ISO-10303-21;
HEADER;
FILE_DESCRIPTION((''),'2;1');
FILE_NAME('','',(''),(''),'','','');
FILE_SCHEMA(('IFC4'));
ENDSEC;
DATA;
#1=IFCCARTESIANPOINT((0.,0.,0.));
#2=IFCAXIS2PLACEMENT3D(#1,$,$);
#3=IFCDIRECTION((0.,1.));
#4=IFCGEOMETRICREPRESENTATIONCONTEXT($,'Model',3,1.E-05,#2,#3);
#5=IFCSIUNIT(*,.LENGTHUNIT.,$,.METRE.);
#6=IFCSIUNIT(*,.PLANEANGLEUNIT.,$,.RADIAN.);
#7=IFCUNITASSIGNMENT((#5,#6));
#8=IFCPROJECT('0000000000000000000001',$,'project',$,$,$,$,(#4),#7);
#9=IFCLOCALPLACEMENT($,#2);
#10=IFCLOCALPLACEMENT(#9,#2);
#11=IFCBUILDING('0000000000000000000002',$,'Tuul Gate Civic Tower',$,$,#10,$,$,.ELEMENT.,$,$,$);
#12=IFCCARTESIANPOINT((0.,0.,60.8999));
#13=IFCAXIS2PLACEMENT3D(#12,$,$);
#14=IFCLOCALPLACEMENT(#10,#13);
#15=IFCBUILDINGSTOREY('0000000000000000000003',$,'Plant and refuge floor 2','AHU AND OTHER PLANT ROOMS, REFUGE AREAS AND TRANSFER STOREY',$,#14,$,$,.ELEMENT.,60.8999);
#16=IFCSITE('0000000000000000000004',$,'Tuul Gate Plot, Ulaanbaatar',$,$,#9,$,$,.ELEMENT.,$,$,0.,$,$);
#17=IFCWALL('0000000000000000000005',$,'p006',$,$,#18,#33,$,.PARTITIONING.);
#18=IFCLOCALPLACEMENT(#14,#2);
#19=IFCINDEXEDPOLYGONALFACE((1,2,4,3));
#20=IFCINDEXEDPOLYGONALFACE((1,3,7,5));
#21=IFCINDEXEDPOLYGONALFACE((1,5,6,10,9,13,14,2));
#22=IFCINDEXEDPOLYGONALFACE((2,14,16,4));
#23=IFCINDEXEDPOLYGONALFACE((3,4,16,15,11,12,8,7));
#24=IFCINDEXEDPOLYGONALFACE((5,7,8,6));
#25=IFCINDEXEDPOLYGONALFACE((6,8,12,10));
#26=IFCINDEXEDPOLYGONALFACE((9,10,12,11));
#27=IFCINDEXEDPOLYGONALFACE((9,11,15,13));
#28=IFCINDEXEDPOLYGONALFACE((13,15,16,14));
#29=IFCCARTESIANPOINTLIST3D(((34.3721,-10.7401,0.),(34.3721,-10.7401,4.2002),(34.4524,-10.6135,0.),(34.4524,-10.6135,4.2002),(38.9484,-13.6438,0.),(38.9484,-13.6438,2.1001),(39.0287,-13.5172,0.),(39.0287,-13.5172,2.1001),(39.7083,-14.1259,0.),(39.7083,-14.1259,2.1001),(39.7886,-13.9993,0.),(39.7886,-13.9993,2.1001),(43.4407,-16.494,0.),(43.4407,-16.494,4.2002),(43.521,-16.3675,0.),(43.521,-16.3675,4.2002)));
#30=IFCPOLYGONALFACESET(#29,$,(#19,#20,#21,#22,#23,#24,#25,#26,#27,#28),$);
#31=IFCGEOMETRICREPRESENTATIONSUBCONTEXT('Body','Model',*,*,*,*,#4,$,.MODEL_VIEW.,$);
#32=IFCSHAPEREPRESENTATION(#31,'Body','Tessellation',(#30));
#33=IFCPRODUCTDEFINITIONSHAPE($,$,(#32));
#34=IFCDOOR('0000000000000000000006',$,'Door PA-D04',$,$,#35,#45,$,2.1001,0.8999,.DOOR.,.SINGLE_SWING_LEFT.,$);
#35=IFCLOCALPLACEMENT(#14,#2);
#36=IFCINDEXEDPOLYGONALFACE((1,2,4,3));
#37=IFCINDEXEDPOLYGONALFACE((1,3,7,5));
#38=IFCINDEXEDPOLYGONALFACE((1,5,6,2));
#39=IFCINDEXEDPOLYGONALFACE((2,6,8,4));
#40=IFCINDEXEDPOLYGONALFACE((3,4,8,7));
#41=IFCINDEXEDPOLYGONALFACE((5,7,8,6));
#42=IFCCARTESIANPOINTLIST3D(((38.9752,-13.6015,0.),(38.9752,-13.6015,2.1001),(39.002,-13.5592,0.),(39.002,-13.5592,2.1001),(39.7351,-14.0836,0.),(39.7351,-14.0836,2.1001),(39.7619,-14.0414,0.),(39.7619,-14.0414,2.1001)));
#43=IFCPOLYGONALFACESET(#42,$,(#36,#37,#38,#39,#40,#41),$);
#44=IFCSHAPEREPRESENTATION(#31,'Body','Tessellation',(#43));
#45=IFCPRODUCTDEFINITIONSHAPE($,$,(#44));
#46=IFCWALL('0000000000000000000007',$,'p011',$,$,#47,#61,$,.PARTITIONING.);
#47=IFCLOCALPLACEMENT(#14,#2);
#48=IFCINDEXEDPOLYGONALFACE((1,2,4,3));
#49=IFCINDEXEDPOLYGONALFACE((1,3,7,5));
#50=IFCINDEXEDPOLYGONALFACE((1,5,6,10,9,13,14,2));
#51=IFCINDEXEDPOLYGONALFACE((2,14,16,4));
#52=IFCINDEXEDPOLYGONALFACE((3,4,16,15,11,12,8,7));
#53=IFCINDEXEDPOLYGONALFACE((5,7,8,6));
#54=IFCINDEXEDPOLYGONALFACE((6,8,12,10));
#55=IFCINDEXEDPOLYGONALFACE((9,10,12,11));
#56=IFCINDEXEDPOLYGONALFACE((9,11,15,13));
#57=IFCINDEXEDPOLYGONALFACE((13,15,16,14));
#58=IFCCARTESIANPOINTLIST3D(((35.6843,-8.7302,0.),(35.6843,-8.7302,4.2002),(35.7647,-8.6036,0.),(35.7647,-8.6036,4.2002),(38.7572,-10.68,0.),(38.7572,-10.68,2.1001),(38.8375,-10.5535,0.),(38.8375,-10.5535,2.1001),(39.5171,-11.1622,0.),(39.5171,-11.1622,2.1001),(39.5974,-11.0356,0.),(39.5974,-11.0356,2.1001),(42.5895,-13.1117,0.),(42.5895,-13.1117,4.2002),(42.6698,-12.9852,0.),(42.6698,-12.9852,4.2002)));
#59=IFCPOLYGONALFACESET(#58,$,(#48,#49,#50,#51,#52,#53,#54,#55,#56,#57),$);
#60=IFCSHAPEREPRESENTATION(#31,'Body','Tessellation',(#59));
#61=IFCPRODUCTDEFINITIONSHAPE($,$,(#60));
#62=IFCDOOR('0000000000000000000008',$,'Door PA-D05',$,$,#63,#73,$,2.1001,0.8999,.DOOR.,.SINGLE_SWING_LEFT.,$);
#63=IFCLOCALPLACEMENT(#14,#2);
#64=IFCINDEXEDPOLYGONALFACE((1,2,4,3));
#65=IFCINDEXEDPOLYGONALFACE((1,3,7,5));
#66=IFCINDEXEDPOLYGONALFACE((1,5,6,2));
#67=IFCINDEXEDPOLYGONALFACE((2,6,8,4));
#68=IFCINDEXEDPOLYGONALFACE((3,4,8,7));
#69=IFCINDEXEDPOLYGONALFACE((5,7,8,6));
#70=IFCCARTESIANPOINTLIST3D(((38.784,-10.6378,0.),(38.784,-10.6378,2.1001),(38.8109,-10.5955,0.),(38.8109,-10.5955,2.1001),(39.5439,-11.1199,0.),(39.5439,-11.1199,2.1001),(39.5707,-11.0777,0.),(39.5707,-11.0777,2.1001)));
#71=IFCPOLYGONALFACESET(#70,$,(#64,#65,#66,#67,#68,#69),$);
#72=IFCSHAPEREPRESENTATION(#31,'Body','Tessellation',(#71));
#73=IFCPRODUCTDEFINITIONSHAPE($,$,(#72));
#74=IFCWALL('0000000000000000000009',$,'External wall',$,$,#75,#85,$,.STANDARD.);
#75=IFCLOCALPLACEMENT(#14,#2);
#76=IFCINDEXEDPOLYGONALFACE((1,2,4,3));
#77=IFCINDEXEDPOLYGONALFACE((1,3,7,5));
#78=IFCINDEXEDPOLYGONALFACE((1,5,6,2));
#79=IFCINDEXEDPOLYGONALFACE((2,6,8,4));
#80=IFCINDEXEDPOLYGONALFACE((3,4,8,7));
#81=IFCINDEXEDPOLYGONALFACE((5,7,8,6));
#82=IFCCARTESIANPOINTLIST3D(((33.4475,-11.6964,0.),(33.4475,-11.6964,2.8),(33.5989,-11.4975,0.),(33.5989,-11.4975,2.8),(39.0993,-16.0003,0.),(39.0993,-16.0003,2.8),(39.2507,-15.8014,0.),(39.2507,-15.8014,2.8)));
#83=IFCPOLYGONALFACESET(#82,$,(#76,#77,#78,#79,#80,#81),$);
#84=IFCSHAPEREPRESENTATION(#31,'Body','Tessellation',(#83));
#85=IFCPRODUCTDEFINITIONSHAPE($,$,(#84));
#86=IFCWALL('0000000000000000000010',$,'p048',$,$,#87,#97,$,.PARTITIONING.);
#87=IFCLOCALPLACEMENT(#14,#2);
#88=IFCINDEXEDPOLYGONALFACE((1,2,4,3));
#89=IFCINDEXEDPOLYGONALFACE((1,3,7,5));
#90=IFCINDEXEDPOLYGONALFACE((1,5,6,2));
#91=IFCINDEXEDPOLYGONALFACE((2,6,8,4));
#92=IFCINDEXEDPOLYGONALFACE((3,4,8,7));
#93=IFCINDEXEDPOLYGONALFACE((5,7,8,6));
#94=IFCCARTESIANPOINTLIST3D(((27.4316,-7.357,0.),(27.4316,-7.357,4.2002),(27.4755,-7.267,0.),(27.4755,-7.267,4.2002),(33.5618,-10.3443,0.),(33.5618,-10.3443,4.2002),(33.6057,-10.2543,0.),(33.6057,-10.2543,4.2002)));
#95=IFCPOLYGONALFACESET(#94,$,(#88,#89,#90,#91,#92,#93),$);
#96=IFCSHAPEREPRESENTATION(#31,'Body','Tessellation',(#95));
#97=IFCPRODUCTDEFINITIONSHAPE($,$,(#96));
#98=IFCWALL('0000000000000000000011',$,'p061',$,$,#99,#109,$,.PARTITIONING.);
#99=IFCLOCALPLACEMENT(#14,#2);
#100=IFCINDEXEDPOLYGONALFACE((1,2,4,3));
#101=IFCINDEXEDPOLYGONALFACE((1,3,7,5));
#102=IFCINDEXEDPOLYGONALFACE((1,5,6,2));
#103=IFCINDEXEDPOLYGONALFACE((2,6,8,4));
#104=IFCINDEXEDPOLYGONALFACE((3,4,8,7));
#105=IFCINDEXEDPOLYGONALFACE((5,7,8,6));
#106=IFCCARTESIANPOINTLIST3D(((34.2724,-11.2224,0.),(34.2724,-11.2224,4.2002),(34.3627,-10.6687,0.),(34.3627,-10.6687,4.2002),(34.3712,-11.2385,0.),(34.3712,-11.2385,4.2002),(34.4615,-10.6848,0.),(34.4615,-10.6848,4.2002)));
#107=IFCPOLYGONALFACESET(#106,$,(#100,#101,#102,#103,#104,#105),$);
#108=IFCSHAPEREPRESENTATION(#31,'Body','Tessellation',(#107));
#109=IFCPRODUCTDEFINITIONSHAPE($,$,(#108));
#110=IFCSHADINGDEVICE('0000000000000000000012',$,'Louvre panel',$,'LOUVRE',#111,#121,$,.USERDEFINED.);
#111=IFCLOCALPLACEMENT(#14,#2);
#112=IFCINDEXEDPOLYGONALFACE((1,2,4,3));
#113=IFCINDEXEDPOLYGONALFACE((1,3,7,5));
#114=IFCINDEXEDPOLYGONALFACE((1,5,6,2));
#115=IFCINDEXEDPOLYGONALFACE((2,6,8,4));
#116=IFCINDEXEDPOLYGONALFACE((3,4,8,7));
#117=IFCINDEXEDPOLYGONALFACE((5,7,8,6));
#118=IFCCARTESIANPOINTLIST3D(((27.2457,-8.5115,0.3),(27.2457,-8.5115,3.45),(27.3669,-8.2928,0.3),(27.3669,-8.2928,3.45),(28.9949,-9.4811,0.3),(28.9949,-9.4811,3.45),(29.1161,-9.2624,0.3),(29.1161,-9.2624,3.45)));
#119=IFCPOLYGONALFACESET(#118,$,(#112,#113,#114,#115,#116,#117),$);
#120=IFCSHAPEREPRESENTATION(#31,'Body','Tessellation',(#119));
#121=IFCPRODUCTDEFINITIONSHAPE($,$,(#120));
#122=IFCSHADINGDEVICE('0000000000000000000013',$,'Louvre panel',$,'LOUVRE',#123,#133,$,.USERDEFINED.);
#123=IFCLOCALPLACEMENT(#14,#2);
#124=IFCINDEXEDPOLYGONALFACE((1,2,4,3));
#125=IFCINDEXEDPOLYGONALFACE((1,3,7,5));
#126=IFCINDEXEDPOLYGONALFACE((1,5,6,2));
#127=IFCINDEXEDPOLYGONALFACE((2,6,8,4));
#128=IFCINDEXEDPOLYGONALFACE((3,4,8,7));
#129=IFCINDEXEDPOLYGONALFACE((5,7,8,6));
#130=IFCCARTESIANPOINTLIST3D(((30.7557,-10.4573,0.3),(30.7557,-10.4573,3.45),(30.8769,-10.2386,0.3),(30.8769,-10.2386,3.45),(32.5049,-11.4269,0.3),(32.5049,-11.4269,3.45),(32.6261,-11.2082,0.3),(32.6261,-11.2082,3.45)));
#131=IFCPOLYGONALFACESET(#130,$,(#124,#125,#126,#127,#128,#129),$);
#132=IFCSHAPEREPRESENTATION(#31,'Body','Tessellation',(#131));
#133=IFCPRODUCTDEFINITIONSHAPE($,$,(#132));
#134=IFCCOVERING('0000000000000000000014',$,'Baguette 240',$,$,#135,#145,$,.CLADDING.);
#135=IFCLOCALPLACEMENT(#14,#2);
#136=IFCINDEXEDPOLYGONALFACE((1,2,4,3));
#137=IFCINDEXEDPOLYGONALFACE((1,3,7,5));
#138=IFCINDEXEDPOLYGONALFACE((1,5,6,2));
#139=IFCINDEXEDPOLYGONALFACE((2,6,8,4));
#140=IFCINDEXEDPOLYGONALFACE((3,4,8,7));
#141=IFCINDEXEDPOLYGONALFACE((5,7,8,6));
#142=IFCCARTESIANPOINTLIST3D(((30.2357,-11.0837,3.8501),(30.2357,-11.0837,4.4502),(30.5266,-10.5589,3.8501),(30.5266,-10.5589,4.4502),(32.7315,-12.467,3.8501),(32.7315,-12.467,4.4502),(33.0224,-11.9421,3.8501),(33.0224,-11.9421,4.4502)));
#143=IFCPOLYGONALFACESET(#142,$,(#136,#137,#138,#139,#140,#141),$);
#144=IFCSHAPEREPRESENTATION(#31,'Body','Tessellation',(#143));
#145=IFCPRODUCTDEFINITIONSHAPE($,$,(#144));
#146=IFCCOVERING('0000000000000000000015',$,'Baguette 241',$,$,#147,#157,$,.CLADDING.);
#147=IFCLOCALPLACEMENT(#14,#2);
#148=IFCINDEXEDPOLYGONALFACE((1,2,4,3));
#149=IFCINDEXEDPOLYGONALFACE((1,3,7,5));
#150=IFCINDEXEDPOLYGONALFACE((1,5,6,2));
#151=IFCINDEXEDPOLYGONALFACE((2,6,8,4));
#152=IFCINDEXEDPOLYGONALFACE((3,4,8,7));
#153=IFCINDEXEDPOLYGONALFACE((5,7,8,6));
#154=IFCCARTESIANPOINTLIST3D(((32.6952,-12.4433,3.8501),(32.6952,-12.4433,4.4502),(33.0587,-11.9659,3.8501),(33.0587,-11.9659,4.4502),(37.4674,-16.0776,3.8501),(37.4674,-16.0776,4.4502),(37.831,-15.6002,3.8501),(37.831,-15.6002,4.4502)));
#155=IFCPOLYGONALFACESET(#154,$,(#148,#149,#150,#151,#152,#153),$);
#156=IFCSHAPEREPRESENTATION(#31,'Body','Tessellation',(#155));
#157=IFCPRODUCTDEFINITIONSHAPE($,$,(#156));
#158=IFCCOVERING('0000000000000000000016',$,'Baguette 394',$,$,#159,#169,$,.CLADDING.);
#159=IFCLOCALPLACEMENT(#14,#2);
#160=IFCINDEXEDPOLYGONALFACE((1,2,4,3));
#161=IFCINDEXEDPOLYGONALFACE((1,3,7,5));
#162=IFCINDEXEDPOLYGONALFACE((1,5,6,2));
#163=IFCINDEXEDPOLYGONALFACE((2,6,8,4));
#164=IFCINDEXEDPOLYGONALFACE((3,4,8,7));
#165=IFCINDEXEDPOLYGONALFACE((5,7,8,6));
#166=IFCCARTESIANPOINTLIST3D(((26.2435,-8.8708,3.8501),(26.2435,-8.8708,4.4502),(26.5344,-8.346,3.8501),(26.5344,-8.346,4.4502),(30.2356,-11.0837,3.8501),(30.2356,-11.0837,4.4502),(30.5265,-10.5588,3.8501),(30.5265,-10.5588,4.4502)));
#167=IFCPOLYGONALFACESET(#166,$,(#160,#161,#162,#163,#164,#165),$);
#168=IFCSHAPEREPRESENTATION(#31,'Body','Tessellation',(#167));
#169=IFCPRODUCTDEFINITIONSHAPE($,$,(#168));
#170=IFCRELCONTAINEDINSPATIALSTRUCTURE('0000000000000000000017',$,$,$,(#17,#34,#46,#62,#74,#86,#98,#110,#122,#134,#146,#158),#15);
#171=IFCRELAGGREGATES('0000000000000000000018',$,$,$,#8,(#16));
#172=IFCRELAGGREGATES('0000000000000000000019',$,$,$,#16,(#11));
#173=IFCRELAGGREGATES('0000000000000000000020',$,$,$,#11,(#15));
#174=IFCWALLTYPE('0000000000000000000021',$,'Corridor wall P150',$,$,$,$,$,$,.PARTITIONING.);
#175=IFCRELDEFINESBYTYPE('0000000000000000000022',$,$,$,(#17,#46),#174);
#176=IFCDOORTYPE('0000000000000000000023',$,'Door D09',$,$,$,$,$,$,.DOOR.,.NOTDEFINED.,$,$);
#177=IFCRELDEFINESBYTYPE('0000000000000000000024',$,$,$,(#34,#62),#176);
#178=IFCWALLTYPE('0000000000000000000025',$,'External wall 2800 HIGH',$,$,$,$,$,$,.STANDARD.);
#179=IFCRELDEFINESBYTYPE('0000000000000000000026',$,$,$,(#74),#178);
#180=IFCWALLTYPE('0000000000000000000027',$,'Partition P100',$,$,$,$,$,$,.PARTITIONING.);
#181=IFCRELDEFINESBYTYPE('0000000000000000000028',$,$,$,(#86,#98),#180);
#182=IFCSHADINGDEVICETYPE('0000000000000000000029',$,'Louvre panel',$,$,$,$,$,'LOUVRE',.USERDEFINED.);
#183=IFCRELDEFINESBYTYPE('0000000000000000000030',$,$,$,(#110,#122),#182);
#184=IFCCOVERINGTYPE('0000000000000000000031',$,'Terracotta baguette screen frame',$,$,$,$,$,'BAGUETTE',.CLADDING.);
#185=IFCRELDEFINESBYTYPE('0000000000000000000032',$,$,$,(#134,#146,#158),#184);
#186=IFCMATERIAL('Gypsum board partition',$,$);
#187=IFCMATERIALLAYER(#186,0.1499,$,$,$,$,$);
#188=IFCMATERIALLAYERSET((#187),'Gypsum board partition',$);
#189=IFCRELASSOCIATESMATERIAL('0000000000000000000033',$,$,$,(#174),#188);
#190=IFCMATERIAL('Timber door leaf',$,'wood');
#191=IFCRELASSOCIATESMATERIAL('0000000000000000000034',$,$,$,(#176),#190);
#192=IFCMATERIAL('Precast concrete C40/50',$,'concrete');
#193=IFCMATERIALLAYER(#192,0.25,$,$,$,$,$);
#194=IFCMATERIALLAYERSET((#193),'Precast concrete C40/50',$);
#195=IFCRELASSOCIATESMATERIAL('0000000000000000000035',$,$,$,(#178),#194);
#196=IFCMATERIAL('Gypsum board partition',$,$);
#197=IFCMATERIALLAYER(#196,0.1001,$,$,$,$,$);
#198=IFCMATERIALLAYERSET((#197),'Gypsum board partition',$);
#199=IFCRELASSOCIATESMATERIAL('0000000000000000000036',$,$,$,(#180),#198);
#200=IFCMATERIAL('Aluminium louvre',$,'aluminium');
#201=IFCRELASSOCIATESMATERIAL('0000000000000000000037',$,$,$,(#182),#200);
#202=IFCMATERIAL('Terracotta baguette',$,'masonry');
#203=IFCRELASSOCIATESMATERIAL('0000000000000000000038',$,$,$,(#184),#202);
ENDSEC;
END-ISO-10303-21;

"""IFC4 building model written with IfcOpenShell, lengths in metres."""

from ifc_helpers import new_model, si_unit, direction, frame, frame_2d, origin, origin_2d, place, context, subcontext, project, spatial, rectangle, extrude, material, layer, layer_set, material_profile, profile_set, type_object, element, fill, save


model = new_model("IFC4")

# Units and contexts
model_context = context("Model", 3, precision=1e-05, world=origin(), true_north=direction((0.0, 1.0)))
body_context = subcontext(model_context, "Body", "Model", "MODEL_VIEW")
ifc_project = project(units=[si_unit("LENGTHUNIT", "METRE"), si_unit("PLANEANGLEUNIT", "RADIAN")], contexts=[model_context])

# Site, building, storey
site_placement = place(None, origin())
site = spatial("IfcSite", under=ifc_project, at=site_placement, Name="Tuul Gate Plot, Ulaanbaatar", CompositionType="ELEMENT", RefElevation=0.0)
building_placement = place(site_placement, origin())
building = spatial("IfcBuilding", under=site, at=building_placement, Name="Tuul Gate Civic Tower", CompositionType="ELEMENT")
storey_placement = place(building_placement, frame((0.0, 0.0, 60.8999)))
storey = spatial("IfcBuildingStorey", under=building, at=storey_placement, Name="Plant and refuge floor 2", Description="AHU AND OTHER PLANT ROOMS, REFUGE AREAS AND TRANSFER STOREY", CompositionType="ELEMENT", Elevation=60.8999)

# Walls, openings, doors
ifc_material_1 = material(Name="Gypsum board partition")
ifc_layer_1 = layer(ifc_material_1, 0.1499)
ifc_layer_set_1 = layer_set([ifc_layer_1], Name="Gypsum board partition")
wall_type_1 = type_object("IfcWallType", Name="Corridor wall P150", PredefinedType="PARTITIONING", material=ifc_layer_set_1)
wall_1_placement = place(storey_placement, frame((34.4121, -10.6768, 0.0), z_axis=(0.0, 0.0, 1.0), x_axis=(0.844379, -0.535747, 0.0)))
wall_1 = element("IfcWall", 1, at=wall_1_placement, inside=storey, type_object=wall_type_1, Name="p006", PredefinedType="PARTITIONING", context=body_context, shape_type="SweptSolid", body=[
    extrude(rectangle(XDim=10.74, YDim=0.1499, at=frame_2d((5.3701, 0.0))), origin(), (0.0, 0.0, 1.0), 4.2002),
])
opening_1_placement = place(wall_1_placement, frame((5.4199, 0.0, 0.0)))
opening_1 = element("IfcOpeningElement", 2, at=opening_1_placement, cuts=wall_1, PredefinedType="OPENING", context=body_context, shape_type="SweptSolid", body=[
    extrude(rectangle(XDim=0.8999, YDim=2.1001, at=frame_2d((0.45, 1.05))), frame((0.0, 0.085, 0.0), z_axis=(0.0, -1.0, 0.0), x_axis=(1.0, 0.0, 0.0)), (0.0, 0.0, 1.0), 0.1699),
])
ifc_material_2 = material(Name="Timber door leaf", Category="wood")
door_type = type_object("IfcDoorType", Name="Door D09", OperationType="NOTDEFINED", PredefinedType="DOOR", material=ifc_material_2)
door_1_placement = place(opening_1_placement, frame((0.8999, 0.0, 0.0), z_axis=(0.0, 0.0, 1.0), x_axis=(-1.0, 0.0, 0.0)))
door_1 = element("IfcDoor", 3, at=door_1_placement, inside=storey, type_object=door_type, Name="Door PA-D04", OperationType="SINGLE_SWING_LEFT", OverallHeight=2.1001, OverallWidth=0.8999, PredefinedType="DOOR", context=body_context, shape_type="SweptSolid", body=[
    extrude(rectangle(XDim=0.8999, YDim=2.1001, at=frame_2d((0.45, 1.05))), frame((0.0, 0.0249, 0.0), z_axis=(0.0, -1.0, 0.0), x_axis=(1.0, 0.0, 0.0)), (0.0, 0.0, 1.0), 0.05),
])
fill(opening_1, door_1)
wall_2_placement = place(storey_placement, frame((35.7246, -8.667, 0.0), z_axis=(0.0, 0.0, 1.0), x_axis=(0.844363, -0.535772, 0.0)))
wall_2 = element("IfcWall", 4, at=wall_2_placement, inside=storey, type_object=wall_type_1, Name="p011", PredefinedType="PARTITIONING", context=body_context, shape_type="SweptSolid", body=[
    extrude(rectangle(XDim=8.178, YDim=0.1499, at=frame_2d((4.0889, 0.0))), origin(), (0.0, 0.0, 1.0), 4.2002),
])
opening_2_placement = place(wall_2_placement, frame((3.6392, 0.0, 0.0)))
opening_2 = element("IfcOpeningElement", 5, at=opening_2_placement, cuts=wall_2, PredefinedType="OPENING", context=body_context, shape_type="SweptSolid", body=[
    extrude(rectangle(XDim=0.8999, YDim=2.1001, at=frame_2d((0.45, 1.05))), frame((0.0, 0.085, 0.0), z_axis=(0.0, -1.0, 0.0), x_axis=(1.0, 0.0, 0.0)), (0.0, 0.0, 1.0), 0.1699),
])
door_2_placement = place(opening_2_placement, frame((0.8999, 0.0, 0.0), z_axis=(0.0, 0.0, 1.0), x_axis=(-1.0, 0.0, 0.0)))
door_2 = element("IfcDoor", 6, at=door_2_placement, inside=storey, type_object=door_type, Name="Door PA-D05", OperationType="SINGLE_SWING_LEFT", OverallHeight=2.1001, OverallWidth=0.8999, PredefinedType="DOOR", context=body_context, shape_type="SweptSolid", body=[
    extrude(rectangle(XDim=0.8999, YDim=2.1001, at=frame_2d((0.45, 1.05))), frame((0.0, 0.0249, 0.0), z_axis=(0.0, -1.0, 0.0), x_axis=(1.0, 0.0, 0.0)), (0.0, 0.0, 1.0), 0.05),
])
fill(opening_2, door_2)

# Walls
ifc_material_3 = material(Name="Precast concrete C40/50", Category="concrete")
ifc_layer_2 = layer(ifc_material_3, 0.25)
ifc_layer_set_2 = layer_set([ifc_layer_2], Name="Precast concrete C40/50")
wall_type_2 = type_object("IfcWallType", Name="External wall 2800 HIGH", PredefinedType="STANDARD", material=ifc_layer_set_2)
wall_3_placement = place(storey_placement, frame((33.5232, -11.5969, 0.0), z_axis=(0.0, 0.0, 1.0), x_axis=(0.795582, -0.605845, 0.0)))
element("IfcWall", 7, at=wall_3_placement, inside=storey, type_object=wall_type_2, Name="External wall", PredefinedType="STANDARD", context=body_context, shape_type="SweptSolid", body=[
    extrude(rectangle(XDim=7.104, YDim=0.25, at=frame_2d((3.552, 0.0))), origin(), (0.0, 0.0, 1.0), 2.8),
])
ifc_material_4 = material(Name="Gypsum board partition")
ifc_layer_3 = layer(ifc_material_4, 0.1001)
ifc_layer_set_3 = layer_set([ifc_layer_3], Name="Gypsum board partition")
wall_type_3 = type_object("IfcWallType", Name="Partition P100", PredefinedType="PARTITIONING", material=ifc_layer_set_3)
wall_4_placement = place(storey_placement, frame((33.5837, -10.2993, 0.0), z_axis=(0.0, 0.0, 1.0), x_axis=(-0.898942, 0.438068, 0.0)))
element("IfcWall", 8, at=wall_4_placement, inside=storey, type_object=wall_type_3, Name="p048", PredefinedType="PARTITIONING", context=body_context, shape_type="SweptSolid", body=[
    extrude(rectangle(XDim=6.8193, YDim=0.1001, at=frame_2d((3.4097, 0.0))), origin(), (0.0, 0.0, 1.0), 4.2002),
])
wall_5_placement = place(storey_placement, frame((34.3218, -11.2305, 0.0), z_axis=(0.0, 0.0, 1.0), x_axis=(0.161011, 0.986953, 0.0)))
element("IfcWall", 9, at=wall_5_placement, inside=storey, type_object=wall_type_3, Name="p061", PredefinedType="PARTITIONING", context=body_context, shape_type="SweptSolid", body=[
    extrude(rectangle(XDim=0.561, YDim=0.1001, at=frame_2d((0.2805, 0.0))), origin(), (0.0, 0.0, 1.0), 4.2002),
])

# Shading devices
ifc_material_5 = material(Name="Aluminium louvre", Category="aluminium")
shading_device_type = type_object("IfcShadingDeviceType", Name="Louvre panel", ElementType="LOUVRE", PredefinedType="USERDEFINED", material=ifc_material_5)
for number, where, z_axis, x_axis, name in (
    (10, (28.1809, -8.887, 0.3), (0.0, 0.0, 1.0), (-0.484808, -0.874621, 0.0), "Louvre panel"),
    (11, (31.6909, -10.8328, 0.3), (0.0, 0.0, 1.0), (-0.484808, -0.874621, 0.0), "Louvre panel"),
):
    element("IfcShadingDevice", number, at=place(storey_placement, frame(where, z_axis=z_axis, x_axis=x_axis)), inside=storey, type_object=shading_device_type, Name=name, ObjectType="LOUVRE", PredefinedType="USERDEFINED", context=body_context, shape_type="SweptSolid", body=[
        extrude(rectangle(XDim=0.25, YDim=2.0, at=origin_2d()), origin(), (0.0, 0.0, 1.0), 3.1499),
    ])

# Coverings
ifc_material_6 = material(Name="Terracotta baguette", Category="masonry")
ifc_material_profile_1 = material_profile(ifc_material_6, rectangle(XDim=0.6001, YDim=0.6001, at=origin_2d()), Name="Terracotta baguette screen frame")
ifc_profile_set_1 = profile_set([ifc_material_profile_1], Name="Terracotta baguette")
covering_type = type_object("IfcCoveringType", Name="Terracotta baguette screen frame", ElementType="BAGUETTE", PredefinedType="CLADDING", material=ifc_profile_set_1)
covering_1_placement = place(storey_placement, frame((30.3811, -10.8213, 4.1501), z_axis=(0.874645, -0.484764, 0.0), x_axis=(0.484764, 0.874645, 0.0)))
element("IfcCovering", 12, at=covering_1_placement, inside=storey, type_object=covering_type, Name="Baguette 240", PredefinedType="CLADDING", context=body_context, shape_type="SweptSolid", body=[
    extrude(rectangle(XDim=0.6001, YDim=0.6001, at=origin_2d()), origin(), (0.0, 0.0, 1.0), 2.8535),
])
covering_2_placement = place(storey_placement, frame((32.877, -12.2046, 4.1501), z_axis=(0.795568, -0.605864, 0.0), x_axis=(0.605864, 0.795568, 0.0)))
element("IfcCovering", 13, at=covering_2_placement, inside=storey, type_object=covering_type, Name="Baguette 241", PredefinedType="CLADDING", context=body_context, shape_type="SweptSolid", body=[
    extrude(rectangle(XDim=0.6001, YDim=0.6001, at=origin_2d()), origin(), (0.0, 0.0, 1.0), 5.9985),
])
covering_3_placement = place(storey_placement, frame((26.3889, -8.6084, 4.1501), z_axis=(0.874621, -0.484807, 0.0), x_axis=(0.484807, 0.874621, 0.0)))
element("IfcCovering", 14, at=covering_3_placement, inside=storey, type_object=covering_type, Name="Baguette 394", PredefinedType="CLADDING", context=body_context, shape_type="SweptSolid", body=[
    extrude(rectangle(XDim=0.6001, YDim=0.6001, at=origin_2d()), origin(), (0.0, 0.0, 1.0), 4.5645),
])

save(model, "model.ifc")
